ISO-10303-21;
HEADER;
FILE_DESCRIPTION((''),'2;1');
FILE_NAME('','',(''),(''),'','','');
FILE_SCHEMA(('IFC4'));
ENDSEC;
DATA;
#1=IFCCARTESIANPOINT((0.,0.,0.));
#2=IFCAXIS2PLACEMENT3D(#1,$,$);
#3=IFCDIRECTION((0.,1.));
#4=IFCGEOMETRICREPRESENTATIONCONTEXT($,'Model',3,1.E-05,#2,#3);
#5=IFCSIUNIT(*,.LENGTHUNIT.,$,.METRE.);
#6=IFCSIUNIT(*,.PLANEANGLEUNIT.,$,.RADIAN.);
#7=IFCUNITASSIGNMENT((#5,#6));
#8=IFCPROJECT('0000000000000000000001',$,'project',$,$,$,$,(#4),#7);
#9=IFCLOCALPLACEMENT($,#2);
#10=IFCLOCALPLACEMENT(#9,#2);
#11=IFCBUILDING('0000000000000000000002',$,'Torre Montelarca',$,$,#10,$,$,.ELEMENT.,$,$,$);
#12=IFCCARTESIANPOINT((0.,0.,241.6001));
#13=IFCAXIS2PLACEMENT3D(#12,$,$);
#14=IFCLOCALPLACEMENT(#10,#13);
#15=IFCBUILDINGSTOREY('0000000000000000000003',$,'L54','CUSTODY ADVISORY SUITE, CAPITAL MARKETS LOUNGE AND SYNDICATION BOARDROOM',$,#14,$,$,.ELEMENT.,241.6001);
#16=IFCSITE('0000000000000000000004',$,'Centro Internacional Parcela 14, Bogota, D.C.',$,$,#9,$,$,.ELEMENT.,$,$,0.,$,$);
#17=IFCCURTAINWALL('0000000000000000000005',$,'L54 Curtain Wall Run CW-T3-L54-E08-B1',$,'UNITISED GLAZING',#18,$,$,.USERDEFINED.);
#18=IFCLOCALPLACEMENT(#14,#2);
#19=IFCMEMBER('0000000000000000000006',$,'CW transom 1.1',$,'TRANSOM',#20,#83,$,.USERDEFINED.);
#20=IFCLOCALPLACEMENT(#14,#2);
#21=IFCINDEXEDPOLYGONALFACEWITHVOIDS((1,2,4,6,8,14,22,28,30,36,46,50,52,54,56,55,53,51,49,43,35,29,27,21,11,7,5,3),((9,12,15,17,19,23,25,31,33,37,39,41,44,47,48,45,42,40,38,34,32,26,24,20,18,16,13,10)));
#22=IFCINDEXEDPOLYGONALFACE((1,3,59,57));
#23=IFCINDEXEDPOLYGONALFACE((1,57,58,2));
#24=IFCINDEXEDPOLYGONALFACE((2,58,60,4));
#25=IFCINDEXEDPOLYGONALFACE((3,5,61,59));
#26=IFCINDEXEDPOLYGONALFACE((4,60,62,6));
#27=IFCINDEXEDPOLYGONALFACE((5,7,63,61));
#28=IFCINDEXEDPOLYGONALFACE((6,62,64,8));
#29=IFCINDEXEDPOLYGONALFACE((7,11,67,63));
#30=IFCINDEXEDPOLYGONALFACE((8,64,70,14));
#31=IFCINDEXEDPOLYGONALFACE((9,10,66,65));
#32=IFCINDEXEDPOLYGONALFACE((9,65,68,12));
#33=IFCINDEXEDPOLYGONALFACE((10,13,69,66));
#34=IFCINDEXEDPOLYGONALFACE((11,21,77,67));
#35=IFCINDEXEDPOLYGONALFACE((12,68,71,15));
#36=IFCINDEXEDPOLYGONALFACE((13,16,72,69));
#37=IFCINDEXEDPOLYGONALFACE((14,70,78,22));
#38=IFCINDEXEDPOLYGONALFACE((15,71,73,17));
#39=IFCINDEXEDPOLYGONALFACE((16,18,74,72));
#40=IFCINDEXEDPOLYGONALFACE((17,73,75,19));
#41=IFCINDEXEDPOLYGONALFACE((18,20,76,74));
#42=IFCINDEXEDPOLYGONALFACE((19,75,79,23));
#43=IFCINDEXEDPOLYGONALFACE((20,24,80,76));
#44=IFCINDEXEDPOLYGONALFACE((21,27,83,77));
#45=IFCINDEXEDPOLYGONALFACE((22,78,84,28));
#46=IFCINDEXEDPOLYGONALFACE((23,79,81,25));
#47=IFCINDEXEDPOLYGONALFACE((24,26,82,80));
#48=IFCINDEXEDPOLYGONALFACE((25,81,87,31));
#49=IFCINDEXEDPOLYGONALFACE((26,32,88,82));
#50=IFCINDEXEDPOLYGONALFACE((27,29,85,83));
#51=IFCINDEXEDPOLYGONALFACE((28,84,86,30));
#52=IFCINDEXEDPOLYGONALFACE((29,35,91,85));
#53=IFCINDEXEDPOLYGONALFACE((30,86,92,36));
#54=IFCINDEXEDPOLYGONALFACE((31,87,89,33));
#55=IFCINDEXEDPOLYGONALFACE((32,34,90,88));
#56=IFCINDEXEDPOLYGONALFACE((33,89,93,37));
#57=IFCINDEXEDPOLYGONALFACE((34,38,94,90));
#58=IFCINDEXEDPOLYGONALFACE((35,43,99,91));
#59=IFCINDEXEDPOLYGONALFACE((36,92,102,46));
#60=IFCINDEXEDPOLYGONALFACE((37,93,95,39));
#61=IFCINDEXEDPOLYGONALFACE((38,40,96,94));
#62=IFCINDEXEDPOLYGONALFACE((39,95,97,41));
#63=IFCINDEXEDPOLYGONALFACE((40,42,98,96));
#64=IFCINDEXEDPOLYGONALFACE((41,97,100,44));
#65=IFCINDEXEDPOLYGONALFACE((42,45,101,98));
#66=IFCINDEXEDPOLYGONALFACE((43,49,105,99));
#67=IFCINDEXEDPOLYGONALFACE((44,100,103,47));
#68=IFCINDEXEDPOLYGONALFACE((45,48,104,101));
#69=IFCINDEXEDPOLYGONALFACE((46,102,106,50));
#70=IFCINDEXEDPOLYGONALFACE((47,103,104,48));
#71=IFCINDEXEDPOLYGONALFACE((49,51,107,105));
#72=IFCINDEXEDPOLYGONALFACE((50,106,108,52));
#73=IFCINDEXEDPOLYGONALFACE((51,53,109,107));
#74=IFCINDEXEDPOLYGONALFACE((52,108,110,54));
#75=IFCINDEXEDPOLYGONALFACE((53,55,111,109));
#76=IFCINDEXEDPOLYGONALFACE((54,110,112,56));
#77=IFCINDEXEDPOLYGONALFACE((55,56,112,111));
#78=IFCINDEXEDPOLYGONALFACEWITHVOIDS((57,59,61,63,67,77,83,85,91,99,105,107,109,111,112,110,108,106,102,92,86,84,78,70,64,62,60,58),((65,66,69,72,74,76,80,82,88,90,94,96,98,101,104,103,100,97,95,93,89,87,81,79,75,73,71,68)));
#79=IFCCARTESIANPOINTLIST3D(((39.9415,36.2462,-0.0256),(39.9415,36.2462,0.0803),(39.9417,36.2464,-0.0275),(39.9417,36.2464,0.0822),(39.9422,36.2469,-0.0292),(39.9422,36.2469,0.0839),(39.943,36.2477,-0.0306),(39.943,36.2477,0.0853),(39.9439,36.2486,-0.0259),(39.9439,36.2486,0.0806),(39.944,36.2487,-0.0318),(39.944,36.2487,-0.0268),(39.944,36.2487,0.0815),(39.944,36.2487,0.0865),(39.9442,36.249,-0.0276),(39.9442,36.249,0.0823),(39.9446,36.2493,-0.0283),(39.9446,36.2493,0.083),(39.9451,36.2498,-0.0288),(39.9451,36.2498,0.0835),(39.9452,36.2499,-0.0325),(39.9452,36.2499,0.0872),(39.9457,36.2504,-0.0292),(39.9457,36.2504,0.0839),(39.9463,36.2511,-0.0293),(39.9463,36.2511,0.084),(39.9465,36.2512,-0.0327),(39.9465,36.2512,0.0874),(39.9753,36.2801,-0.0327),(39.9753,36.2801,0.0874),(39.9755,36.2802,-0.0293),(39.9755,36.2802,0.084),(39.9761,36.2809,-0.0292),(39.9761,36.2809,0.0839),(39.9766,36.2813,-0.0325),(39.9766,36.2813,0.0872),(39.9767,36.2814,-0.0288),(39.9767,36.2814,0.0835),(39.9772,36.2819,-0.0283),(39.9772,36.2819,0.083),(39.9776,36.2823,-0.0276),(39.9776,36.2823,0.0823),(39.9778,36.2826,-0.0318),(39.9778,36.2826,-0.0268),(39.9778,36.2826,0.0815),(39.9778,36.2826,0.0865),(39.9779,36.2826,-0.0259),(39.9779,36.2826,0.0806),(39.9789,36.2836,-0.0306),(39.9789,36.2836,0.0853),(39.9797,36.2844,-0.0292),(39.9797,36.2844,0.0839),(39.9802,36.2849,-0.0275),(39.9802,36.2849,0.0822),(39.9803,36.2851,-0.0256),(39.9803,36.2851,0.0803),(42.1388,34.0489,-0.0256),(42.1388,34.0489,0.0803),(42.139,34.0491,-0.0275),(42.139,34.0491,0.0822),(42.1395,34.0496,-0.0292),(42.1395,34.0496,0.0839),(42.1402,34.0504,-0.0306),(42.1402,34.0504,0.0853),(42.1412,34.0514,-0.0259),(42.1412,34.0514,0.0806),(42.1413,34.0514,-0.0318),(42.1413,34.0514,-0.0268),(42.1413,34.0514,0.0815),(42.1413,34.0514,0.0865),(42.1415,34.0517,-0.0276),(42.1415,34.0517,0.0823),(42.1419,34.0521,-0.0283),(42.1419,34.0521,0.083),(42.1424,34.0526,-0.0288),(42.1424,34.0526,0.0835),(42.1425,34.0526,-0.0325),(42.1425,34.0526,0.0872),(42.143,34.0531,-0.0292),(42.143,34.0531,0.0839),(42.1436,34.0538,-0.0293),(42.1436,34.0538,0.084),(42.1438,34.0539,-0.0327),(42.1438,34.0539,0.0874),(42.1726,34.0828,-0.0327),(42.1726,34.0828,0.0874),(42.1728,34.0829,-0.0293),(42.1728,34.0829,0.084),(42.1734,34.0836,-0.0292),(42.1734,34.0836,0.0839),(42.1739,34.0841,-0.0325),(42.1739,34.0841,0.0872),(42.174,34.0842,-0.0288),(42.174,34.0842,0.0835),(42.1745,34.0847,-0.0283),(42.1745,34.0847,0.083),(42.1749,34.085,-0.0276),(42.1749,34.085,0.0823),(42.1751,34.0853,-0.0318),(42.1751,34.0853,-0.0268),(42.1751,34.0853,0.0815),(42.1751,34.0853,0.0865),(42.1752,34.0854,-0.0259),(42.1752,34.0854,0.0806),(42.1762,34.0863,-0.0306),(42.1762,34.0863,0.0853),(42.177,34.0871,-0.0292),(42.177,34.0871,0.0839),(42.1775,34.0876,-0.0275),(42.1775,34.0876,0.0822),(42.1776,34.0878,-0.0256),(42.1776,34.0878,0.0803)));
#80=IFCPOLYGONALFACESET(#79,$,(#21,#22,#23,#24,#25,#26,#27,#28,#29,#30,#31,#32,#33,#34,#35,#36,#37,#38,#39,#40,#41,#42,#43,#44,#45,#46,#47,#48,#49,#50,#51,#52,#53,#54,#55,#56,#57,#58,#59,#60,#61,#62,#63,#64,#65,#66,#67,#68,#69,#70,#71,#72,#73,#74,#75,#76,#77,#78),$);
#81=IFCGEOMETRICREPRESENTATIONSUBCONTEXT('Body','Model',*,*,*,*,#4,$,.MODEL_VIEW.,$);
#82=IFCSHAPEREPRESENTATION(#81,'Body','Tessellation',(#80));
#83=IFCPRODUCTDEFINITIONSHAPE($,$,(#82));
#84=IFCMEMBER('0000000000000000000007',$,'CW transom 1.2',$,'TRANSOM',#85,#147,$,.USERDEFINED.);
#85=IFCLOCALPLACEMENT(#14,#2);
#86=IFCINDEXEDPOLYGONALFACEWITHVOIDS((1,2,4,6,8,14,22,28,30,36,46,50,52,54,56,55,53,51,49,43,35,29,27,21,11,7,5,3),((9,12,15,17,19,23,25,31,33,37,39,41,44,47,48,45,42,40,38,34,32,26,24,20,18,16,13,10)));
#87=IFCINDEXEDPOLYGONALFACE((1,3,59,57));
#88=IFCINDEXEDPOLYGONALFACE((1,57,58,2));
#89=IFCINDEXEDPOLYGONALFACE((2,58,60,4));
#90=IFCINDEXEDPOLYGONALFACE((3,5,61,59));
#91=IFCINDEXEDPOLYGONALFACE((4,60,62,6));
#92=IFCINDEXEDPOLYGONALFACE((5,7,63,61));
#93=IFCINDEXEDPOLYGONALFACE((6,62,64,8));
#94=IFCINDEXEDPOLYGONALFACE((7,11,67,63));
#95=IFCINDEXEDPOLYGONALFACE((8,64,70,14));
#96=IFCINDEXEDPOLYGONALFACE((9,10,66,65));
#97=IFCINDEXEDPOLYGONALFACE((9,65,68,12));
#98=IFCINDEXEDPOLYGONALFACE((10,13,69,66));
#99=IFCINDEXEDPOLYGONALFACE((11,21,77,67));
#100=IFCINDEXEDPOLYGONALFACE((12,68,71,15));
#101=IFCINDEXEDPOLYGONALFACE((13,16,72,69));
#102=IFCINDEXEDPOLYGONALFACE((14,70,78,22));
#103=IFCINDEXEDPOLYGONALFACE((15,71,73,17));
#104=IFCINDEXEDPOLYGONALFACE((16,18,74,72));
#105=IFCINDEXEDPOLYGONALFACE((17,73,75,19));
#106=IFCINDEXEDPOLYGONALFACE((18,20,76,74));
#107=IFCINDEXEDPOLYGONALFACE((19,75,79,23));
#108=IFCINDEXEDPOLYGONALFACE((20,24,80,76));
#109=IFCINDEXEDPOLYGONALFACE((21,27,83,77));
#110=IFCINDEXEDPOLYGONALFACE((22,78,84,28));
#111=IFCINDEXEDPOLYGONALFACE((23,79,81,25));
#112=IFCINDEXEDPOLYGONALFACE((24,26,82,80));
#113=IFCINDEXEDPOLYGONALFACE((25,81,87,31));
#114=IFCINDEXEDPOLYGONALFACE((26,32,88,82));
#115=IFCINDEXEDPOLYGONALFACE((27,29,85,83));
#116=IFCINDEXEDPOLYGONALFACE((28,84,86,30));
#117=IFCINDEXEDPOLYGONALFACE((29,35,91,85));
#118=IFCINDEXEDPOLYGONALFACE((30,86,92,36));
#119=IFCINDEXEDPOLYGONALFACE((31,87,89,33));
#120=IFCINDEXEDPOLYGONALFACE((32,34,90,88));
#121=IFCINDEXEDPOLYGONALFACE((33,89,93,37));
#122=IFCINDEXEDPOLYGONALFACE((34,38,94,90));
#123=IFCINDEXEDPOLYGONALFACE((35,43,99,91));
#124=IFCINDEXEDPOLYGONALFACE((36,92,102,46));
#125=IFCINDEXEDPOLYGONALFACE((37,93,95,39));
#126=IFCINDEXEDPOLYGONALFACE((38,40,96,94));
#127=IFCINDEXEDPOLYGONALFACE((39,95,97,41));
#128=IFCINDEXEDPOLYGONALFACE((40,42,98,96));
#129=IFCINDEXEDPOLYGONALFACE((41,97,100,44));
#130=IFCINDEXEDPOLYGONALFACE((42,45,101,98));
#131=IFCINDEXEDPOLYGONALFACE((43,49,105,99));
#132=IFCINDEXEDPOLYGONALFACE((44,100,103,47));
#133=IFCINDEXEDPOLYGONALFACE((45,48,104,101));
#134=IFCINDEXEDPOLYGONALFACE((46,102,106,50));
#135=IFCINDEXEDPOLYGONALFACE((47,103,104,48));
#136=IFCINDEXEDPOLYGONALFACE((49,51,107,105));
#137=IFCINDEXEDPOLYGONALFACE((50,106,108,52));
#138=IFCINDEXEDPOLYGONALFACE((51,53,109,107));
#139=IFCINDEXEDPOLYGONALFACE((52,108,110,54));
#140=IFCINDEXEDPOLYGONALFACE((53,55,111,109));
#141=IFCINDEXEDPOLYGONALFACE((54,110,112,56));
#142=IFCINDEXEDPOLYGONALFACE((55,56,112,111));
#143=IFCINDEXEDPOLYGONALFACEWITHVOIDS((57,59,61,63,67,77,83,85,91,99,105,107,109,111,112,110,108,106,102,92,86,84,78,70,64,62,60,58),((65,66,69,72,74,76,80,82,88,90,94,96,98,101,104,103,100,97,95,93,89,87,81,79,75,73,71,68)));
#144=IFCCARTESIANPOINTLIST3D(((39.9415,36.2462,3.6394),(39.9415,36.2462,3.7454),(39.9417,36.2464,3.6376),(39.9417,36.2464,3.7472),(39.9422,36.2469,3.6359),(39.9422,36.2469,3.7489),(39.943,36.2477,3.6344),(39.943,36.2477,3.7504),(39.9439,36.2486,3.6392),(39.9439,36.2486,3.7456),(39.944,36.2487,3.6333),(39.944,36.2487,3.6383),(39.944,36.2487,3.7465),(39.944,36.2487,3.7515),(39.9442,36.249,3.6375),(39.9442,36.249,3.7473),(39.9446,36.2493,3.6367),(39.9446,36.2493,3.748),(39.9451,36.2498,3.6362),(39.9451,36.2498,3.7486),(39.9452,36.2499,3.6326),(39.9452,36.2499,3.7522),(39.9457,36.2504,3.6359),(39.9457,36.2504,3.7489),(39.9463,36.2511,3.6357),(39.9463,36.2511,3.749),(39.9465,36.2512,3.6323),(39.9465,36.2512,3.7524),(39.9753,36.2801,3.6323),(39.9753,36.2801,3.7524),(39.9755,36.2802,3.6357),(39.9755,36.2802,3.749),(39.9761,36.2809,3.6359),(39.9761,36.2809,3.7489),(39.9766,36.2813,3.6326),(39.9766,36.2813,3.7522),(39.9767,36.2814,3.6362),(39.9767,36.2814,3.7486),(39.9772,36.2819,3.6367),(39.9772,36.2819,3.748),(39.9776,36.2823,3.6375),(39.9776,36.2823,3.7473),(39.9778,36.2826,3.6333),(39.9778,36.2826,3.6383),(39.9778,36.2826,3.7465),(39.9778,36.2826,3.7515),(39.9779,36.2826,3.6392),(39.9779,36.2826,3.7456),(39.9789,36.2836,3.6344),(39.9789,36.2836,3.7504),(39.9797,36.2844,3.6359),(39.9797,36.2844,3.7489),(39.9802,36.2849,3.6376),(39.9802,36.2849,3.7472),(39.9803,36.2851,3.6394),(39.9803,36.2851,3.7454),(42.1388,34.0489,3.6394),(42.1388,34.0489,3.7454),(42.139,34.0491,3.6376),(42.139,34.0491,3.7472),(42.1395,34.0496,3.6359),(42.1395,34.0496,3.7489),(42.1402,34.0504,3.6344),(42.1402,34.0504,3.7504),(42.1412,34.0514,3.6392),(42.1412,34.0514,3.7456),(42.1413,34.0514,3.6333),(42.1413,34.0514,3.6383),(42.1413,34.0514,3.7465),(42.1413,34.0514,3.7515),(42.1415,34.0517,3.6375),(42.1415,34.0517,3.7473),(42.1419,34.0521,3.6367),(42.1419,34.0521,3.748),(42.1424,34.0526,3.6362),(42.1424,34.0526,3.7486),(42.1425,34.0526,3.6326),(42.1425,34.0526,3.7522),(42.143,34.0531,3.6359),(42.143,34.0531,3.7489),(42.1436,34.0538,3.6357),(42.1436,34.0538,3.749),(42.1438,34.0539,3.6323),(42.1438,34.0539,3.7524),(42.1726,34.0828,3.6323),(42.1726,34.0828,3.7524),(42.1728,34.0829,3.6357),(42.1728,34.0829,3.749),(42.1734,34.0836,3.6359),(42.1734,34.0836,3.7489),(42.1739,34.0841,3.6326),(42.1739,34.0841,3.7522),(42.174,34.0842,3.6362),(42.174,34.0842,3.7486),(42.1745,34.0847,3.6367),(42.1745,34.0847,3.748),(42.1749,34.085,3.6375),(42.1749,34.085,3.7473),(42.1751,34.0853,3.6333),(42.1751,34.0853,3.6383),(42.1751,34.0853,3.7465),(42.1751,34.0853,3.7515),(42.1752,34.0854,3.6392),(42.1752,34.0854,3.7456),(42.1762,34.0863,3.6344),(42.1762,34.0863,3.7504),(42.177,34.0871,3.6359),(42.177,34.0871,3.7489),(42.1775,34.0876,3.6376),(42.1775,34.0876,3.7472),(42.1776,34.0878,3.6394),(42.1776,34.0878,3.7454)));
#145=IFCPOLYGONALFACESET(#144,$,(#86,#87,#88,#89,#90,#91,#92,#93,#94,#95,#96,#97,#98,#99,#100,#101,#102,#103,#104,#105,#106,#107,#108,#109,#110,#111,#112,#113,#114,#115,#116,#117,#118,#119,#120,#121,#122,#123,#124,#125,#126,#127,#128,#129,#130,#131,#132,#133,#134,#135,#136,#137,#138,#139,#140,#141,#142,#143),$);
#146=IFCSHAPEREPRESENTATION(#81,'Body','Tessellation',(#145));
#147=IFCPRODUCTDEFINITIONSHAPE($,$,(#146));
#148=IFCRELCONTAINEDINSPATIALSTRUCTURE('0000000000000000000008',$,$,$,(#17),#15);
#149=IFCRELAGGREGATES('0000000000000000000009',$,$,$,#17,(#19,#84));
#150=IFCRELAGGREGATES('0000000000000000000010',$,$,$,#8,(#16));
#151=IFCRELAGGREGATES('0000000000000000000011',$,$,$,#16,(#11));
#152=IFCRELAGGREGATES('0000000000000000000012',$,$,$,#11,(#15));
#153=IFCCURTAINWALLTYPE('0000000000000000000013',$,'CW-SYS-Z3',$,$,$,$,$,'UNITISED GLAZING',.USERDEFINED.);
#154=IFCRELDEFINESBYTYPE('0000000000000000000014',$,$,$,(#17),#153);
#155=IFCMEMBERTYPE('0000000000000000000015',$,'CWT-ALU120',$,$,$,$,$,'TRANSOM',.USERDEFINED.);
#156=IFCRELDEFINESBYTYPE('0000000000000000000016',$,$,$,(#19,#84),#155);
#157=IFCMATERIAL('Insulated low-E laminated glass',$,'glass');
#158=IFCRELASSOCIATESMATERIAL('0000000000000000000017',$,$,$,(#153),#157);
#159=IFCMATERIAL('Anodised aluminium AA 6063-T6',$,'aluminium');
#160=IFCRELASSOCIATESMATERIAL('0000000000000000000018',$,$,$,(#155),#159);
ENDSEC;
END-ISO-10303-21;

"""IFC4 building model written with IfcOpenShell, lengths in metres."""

from ifc_helpers import new_model, si_unit, direction, frame, origin, origin_2d, place, context, subcontext, project, spatial, hollow_rectangle, extrude, source, transform, mapped, material, material_profile, profile_set, type_object, element, aggregate, save


model = new_model("IFC4")

# Units and contexts
model_context = context("Model", 3, precision=1e-05, world=origin(), true_north=direction((0.0, 1.0)))
body_context = subcontext(model_context, "Body", "Model", "MODEL_VIEW")
ifc_project = project(units=[si_unit("LENGTHUNIT", "METRE"), si_unit("PLANEANGLEUNIT", "RADIAN")], contexts=[model_context])

# Site, building, storey
site_placement = place(None, origin())
site = spatial("IfcSite", under=ifc_project, at=site_placement, Name="Centro Internacional Parcela 14, Bogota, D.C.", CompositionType="ELEMENT", RefElevation=0.0)
building_placement = place(site_placement, origin())
building = spatial("IfcBuilding", under=site, at=building_placement, Name="Torre Montelarca", CompositionType="ELEMENT")
storey_placement = place(building_placement, frame((0.0, 0.0, 241.6001)))
storey = spatial("IfcBuildingStorey", under=building, at=storey_placement, Name="L54", Description="CUSTODY ADVISORY SUITE, CAPITAL MARKETS LOUNGE AND SYNDICATION BOARDROOM", CompositionType="ELEMENT", Elevation=241.6001)

# Shared definitions
ifc_material_1 = material(Name="Insulated low-E laminated glass", Category="glass")
curtain_wall_type = type_object("IfcCurtainWallType", Name="CW-SYS-Z3", ElementType="UNITISED GLAZING", PredefinedType="USERDEFINED", material=ifc_material_1)
ifc_material_2 = material(Name="Anodised aluminium AA 6063-T6", Category="aluminium")

# Curtain wall
curtain_wall_1_placement = place(storey_placement, origin())
curtain_wall_1 = element("IfcCurtainWall", 1, at=curtain_wall_1_placement, inside=storey, type_object=curtain_wall_type, Name="L54 Curtain Wall Run CW-T3-L54-E08-B1", ObjectType="UNITISED GLAZING", PredefinedType="USERDEFINED")

# Members
ifc_material_profile_1 = material_profile(ifc_material_2, hollow_rectangle(XDim=0.0549, YDim=0.1201, WallThickness=0.0034, InnerFilletRadius=0.0034, OuterFilletRadius=0.0071, at=origin_2d()), Name="ALU55X120X3.5", Category="aluminium")
ifc_profile_set_1 = profile_set([ifc_material_profile_1], Name="Anodised aluminium AA 6063-T6")
member_type_1 = type_object("IfcMemberType", Name="CWT-ALU120", ElementType="TRANSOM", PredefinedType="USERDEFINED", material=ifc_profile_set_1)
shared_shape_1 = source(origin(), body_context, "Body", "SweptSolid", [
    extrude(hollow_rectangle(XDim=0.0549, YDim=0.1201, WallThickness=0.0034, InnerFilletRadius=0.0034, OuterFilletRadius=0.0071, at=origin_2d()), origin(), (0.0, 0.0, 1.0), 3.1074),
])
member_1_placement = place(storey_placement, frame((42.1582, 34.0684, 0.0273), z_axis=(-0.707107, 0.707107, 0.0), x_axis=(-0.707107, -0.707107, 0.0)))
member_1 = element("IfcMember", 2, at=member_1_placement, type_object=member_type_1, Name="CW transom 1.1", ObjectType="TRANSOM", PredefinedType="USERDEFINED", context=body_context, shape_type="MappedRepresentation", body=[
    mapped(shared_shape_1, transform((0.0, 0.0, 0.0), scale=1.0)),
])
member_2_placement = place(storey_placement, frame((42.1582, 34.0684, 3.6924), z_axis=(-0.707107, 0.707107, 0.0), x_axis=(-0.707107, -0.707107, 0.0)))
member_2 = element("IfcMember", 3, at=member_2_placement, type_object=member_type_1, Name="CW transom 1.2", ObjectType="TRANSOM", PredefinedType="USERDEFINED", context=body_context, shape_type="MappedRepresentation", body=[
    mapped(shared_shape_1, transform((0.0, 0.0, 0.0), scale=1.0)),
])

aggregate(curtain_wall_1, [member_1, member_2])

save(model, "model.ifc")
